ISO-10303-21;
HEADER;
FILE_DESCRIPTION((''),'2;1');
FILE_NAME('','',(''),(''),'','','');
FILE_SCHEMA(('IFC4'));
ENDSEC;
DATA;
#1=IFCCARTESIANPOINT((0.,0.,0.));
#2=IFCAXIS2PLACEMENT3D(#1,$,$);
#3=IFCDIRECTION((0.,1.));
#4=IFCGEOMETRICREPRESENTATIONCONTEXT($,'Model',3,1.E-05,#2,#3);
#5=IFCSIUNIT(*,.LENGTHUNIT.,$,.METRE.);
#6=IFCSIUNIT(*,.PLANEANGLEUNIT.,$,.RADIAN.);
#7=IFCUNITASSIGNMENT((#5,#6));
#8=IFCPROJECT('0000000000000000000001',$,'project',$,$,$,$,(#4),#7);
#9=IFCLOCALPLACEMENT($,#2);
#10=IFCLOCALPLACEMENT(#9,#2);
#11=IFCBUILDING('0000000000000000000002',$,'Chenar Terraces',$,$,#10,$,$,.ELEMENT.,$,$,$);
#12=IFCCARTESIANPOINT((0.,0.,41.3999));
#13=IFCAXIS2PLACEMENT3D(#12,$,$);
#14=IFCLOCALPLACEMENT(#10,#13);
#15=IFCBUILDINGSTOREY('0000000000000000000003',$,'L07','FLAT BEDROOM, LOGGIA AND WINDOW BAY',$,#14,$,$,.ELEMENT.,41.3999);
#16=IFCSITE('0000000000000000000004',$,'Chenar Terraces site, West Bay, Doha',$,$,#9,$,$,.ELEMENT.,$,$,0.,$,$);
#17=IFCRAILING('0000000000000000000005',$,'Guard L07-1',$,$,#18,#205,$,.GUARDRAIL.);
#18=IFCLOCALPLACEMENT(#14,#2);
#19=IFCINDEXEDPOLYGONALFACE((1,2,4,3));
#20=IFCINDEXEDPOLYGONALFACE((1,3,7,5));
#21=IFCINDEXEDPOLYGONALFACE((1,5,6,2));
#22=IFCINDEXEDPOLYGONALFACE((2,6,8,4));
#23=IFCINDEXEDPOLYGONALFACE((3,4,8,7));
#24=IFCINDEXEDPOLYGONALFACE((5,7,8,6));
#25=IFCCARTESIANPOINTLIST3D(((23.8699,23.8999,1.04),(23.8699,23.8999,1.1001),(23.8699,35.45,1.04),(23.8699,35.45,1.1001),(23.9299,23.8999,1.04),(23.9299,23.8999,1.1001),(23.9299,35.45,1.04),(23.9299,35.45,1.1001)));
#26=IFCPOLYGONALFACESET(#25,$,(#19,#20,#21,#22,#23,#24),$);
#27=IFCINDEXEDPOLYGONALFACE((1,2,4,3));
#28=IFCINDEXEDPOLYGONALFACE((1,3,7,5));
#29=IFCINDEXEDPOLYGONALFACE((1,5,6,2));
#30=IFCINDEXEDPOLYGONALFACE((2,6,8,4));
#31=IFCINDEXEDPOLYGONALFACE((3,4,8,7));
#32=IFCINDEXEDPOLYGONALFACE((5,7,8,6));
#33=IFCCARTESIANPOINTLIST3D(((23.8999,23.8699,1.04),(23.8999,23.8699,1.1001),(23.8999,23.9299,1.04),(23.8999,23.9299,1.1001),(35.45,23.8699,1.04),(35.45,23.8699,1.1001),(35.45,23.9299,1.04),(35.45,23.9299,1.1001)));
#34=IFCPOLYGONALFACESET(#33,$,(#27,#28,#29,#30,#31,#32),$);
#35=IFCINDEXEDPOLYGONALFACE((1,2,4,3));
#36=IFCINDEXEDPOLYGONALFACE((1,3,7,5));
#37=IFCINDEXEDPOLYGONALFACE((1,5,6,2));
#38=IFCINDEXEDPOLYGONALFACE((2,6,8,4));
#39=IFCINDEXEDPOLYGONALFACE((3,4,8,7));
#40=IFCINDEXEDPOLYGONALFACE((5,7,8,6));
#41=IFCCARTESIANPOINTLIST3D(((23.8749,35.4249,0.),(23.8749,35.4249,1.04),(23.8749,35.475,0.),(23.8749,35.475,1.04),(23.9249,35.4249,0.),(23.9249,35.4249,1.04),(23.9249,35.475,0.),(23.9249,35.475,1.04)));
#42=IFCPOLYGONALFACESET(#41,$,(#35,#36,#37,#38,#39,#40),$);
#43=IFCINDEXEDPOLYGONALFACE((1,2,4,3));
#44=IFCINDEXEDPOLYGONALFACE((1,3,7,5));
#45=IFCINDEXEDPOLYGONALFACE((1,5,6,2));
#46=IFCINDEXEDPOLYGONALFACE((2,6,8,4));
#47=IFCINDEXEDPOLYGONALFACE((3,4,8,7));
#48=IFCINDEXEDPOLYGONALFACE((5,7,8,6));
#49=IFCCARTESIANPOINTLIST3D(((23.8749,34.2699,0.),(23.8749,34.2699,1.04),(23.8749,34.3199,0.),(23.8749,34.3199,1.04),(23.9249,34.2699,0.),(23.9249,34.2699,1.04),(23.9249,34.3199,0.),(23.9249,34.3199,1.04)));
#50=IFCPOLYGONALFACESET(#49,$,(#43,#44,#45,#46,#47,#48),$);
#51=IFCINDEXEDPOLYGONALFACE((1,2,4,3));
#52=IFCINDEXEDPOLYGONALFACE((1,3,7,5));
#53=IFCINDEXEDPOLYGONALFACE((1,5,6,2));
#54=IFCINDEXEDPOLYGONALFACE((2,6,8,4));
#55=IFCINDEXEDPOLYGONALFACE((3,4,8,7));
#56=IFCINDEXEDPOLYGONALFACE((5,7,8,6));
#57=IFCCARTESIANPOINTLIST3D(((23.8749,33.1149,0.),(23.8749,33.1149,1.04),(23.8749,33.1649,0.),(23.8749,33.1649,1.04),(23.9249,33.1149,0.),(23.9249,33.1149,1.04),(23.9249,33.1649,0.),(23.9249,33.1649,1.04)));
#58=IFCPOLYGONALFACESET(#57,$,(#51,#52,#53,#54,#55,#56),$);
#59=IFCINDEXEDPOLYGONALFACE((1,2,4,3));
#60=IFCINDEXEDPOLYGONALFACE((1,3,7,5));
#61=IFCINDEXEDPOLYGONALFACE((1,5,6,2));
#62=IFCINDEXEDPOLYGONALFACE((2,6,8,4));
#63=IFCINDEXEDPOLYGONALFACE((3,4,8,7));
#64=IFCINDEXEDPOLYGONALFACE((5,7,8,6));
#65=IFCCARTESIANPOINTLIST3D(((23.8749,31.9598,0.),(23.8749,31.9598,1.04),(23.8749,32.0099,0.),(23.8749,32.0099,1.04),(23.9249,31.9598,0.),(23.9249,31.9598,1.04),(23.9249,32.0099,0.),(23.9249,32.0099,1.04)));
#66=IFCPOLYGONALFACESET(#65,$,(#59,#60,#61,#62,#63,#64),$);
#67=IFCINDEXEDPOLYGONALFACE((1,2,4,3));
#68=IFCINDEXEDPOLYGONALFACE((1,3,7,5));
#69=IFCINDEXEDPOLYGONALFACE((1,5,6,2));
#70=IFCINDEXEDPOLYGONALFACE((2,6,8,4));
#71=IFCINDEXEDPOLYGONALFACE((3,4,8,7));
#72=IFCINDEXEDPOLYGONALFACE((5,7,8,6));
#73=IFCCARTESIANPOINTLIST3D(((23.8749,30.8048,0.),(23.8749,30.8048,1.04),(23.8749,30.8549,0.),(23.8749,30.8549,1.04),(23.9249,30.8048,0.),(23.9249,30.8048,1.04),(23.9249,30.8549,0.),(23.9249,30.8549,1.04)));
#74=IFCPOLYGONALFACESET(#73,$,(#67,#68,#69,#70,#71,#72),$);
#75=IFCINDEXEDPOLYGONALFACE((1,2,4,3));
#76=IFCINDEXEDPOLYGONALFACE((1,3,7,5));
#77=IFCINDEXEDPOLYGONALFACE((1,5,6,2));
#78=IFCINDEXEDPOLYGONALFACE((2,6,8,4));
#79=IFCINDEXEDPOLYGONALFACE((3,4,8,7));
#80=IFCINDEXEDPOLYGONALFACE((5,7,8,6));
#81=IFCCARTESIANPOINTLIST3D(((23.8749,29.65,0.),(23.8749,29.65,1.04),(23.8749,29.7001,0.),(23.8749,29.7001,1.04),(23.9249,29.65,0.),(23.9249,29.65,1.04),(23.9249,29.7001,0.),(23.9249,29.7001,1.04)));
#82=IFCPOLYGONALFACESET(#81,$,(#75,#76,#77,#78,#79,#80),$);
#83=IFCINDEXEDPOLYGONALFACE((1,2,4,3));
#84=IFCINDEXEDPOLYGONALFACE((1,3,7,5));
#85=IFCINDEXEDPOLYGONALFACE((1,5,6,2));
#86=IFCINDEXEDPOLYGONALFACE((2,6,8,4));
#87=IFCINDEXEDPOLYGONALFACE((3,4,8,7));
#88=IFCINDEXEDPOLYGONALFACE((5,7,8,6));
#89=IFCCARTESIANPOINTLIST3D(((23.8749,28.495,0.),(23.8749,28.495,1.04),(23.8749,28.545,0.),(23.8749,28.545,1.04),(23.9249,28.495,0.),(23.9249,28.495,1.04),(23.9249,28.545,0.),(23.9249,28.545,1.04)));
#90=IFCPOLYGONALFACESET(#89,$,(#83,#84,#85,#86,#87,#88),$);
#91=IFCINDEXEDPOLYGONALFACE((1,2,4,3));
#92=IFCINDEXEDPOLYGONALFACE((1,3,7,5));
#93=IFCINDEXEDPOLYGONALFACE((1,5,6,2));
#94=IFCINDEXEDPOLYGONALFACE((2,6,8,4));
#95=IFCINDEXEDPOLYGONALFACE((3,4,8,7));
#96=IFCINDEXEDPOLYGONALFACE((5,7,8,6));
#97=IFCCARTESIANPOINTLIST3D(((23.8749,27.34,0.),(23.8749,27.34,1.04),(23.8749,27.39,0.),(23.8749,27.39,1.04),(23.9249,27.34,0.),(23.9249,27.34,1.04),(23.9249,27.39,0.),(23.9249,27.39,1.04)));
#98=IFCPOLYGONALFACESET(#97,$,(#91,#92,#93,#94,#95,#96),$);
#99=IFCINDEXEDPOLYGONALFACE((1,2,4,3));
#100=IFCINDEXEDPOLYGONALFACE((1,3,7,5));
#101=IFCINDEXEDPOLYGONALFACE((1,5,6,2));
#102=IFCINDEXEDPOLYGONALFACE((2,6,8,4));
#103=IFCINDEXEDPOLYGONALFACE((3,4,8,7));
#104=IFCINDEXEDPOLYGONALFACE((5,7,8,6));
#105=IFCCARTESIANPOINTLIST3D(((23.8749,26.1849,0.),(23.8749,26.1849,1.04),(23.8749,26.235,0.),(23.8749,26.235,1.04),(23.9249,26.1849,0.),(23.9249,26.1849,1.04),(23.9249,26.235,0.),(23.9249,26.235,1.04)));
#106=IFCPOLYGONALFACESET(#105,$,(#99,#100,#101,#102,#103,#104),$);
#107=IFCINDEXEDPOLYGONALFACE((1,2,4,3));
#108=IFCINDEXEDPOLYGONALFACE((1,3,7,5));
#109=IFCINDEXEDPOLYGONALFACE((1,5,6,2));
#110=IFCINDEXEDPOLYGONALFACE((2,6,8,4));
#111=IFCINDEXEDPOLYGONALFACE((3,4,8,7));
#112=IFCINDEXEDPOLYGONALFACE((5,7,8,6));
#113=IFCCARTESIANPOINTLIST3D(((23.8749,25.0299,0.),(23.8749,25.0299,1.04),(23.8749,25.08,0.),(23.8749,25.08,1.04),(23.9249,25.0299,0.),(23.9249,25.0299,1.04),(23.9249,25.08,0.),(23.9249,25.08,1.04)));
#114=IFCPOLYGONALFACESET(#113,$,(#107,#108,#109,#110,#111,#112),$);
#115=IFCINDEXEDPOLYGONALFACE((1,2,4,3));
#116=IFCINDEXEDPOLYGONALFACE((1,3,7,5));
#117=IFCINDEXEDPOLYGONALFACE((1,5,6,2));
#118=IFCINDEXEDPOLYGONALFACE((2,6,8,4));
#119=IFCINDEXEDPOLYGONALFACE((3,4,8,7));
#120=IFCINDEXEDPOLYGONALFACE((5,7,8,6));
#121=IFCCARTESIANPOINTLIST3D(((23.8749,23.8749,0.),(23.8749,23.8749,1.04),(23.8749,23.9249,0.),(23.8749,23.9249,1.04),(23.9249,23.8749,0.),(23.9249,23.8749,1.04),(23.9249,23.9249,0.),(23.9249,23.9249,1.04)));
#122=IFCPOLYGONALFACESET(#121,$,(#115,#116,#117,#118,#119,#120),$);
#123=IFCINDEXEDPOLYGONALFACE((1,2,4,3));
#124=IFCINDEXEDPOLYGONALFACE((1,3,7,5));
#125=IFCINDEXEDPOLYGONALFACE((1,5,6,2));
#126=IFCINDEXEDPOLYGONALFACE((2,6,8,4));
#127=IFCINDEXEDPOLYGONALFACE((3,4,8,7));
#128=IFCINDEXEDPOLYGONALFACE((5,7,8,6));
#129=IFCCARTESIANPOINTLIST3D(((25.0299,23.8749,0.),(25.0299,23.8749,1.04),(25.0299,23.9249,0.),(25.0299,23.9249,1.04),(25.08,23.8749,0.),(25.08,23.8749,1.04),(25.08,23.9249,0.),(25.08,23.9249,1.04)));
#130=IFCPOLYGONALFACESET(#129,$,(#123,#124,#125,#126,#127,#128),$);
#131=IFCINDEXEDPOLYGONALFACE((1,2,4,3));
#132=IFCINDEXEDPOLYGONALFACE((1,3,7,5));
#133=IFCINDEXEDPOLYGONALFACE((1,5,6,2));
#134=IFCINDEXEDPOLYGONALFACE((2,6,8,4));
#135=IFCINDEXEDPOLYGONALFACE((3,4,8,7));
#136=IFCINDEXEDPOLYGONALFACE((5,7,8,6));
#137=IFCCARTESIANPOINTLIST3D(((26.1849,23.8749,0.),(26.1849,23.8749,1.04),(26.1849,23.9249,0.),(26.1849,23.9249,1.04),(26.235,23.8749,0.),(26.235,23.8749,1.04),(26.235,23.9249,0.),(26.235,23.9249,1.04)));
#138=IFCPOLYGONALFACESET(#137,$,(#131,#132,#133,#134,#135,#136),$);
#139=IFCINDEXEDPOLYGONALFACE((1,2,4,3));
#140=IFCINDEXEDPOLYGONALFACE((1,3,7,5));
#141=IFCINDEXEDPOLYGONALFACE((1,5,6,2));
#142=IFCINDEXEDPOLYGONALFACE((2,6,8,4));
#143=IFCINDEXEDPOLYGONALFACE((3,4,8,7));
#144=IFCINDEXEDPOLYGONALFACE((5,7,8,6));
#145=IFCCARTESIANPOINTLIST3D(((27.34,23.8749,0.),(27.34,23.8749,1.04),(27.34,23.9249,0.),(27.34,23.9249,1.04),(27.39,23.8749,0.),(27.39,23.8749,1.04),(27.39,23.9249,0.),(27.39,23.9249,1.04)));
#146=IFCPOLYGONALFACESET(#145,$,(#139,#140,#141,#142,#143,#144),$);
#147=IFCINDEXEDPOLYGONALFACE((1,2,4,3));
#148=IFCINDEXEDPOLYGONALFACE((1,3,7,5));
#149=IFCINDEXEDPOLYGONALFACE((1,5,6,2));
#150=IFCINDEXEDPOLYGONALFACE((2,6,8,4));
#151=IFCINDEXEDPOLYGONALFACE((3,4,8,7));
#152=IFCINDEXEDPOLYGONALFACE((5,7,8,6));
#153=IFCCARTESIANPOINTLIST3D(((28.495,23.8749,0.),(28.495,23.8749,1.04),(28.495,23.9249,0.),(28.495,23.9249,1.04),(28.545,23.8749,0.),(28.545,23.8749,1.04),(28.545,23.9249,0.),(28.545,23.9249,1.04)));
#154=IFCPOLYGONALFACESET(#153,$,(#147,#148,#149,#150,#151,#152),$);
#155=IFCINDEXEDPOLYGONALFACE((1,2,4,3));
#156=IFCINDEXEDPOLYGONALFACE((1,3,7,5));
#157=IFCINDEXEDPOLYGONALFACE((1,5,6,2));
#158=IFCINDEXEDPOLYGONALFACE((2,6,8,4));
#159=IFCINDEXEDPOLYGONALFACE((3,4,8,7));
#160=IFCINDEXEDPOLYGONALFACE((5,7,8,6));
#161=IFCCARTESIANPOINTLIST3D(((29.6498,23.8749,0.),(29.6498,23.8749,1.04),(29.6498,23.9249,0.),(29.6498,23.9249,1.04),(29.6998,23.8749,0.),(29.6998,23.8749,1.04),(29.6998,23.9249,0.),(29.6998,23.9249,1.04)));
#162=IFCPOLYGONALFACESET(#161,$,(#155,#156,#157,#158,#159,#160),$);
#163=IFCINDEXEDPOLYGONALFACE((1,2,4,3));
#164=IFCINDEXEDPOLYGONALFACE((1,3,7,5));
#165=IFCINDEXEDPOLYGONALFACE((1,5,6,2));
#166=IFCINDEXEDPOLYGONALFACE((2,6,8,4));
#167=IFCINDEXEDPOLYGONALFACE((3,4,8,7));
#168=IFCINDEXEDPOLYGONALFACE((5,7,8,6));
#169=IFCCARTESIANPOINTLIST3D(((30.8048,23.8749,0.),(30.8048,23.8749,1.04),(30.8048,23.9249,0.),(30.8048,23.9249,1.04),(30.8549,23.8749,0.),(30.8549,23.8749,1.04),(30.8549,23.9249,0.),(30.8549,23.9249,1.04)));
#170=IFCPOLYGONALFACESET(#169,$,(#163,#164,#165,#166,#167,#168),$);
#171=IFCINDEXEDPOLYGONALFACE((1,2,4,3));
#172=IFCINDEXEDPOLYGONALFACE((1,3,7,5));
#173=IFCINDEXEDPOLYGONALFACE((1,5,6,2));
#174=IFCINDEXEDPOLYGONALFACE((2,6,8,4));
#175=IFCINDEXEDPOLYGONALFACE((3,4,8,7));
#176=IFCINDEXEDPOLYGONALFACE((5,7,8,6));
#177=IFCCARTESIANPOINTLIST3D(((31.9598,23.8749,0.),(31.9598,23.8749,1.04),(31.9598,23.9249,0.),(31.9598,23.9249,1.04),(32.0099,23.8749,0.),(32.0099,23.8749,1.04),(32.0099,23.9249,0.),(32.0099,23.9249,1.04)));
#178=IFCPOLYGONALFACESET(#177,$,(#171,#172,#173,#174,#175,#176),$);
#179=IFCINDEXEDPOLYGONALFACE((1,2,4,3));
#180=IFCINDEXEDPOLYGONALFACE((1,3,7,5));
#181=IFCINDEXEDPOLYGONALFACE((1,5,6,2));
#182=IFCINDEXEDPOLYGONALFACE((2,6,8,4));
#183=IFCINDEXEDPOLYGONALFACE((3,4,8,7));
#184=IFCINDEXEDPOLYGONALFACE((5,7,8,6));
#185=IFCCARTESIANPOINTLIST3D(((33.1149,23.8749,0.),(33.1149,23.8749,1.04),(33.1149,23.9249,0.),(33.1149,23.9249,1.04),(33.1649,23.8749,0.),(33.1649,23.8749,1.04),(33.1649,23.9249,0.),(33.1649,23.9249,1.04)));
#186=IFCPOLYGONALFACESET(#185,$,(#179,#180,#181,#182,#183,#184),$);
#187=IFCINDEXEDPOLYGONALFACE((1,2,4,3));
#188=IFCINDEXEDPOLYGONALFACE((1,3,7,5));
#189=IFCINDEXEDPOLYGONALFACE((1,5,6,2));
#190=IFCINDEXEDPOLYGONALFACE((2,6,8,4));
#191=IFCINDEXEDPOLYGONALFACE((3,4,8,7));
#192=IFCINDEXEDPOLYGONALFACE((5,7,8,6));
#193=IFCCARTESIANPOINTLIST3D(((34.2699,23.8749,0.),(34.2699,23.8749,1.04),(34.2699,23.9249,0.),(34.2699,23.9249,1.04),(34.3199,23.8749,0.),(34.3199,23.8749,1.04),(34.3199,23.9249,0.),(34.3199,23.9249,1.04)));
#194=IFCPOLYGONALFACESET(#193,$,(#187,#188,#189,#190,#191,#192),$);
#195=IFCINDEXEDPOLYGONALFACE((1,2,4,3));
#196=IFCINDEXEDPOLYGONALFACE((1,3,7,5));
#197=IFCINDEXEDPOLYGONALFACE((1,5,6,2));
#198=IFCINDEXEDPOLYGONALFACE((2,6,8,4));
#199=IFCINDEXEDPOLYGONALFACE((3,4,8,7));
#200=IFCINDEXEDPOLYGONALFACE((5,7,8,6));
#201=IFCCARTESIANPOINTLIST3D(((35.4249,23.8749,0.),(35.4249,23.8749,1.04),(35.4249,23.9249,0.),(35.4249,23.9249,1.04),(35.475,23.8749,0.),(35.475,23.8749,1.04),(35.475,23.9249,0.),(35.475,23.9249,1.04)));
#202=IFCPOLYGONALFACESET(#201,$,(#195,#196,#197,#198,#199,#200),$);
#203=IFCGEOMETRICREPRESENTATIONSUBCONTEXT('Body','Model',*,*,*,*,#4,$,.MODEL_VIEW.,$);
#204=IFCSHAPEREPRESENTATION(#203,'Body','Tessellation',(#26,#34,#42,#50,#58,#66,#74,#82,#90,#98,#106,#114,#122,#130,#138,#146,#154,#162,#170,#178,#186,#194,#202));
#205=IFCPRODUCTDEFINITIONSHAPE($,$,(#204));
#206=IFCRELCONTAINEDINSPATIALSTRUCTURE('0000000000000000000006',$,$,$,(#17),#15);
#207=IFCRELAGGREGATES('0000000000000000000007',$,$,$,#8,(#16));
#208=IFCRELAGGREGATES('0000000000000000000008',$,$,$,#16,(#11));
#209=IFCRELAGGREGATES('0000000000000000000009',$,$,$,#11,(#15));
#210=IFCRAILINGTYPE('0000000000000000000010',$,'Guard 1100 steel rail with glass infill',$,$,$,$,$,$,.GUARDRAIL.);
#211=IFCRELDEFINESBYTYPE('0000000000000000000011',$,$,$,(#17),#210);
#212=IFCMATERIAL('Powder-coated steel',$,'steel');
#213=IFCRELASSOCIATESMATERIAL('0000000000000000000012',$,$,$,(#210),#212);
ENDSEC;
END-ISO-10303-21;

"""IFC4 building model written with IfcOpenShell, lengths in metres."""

from ifc_helpers import new_model, si_unit, direction, frame, origin, origin_2d, place, context, subcontext, project, spatial, rectangle, extrude, material, type_object, element, save


model = new_model("IFC4")

# Units and contexts
model_context = context("Model", 3, precision=1e-05, world=origin(), true_north=direction((0.0, 1.0)))
body_context = subcontext(model_context, "Body", "Model", "MODEL_VIEW")
ifc_project = project(units=[si_unit("LENGTHUNIT", "METRE"), si_unit("PLANEANGLEUNIT", "RADIAN")], contexts=[model_context])

# Site, building, storey
site_placement = place(None, origin())
site = spatial("IfcSite", under=ifc_project, at=site_placement, Name="Chenar Terraces site, West Bay, Doha", CompositionType="ELEMENT", RefElevation=0.0)
building_placement = place(site_placement, origin())
building = spatial("IfcBuilding", under=site, at=building_placement, Name="Chenar Terraces", CompositionType="ELEMENT")
storey_placement = place(building_placement, frame((0.0, 0.0, 41.3999)))
storey = spatial("IfcBuildingStorey", under=building, at=storey_placement, Name="L07", Description="FLAT BEDROOM, LOGGIA AND WINDOW BAY", CompositionType="ELEMENT", Elevation=41.3999)

# Railing
ifc_material_1 = material(Name="Powder-coated steel", Category="steel")
railing_type = type_object("IfcRailingType", Name="Guard 1100 steel rail with glass infill", PredefinedType="GUARDRAIL", material=ifc_material_1)
railing_placement = place(storey_placement, frame((23.8999, 35.45, 0.0)))
element("IfcRailing", 1, at=railing_placement, inside=storey, type_object=railing_type, Name="Guard L07-1", PredefinedType="GUARDRAIL", context=body_context, shape_type="SweptSolid", body=[
    extrude(rectangle(XDim=0.0601, YDim=0.0601, at=origin_2d()), frame((0.0, 0.0, 1.0701), z_axis=(0.0, -1.0, 0.0), x_axis=(1.0, 0.0, 0.0)), (0.0, 0.0, 1.0), 11.55),
    extrude(rectangle(XDim=0.0601, YDim=0.0601, at=origin_2d()), frame((0.0, -11.55, 1.0701), z_axis=(1.0, 0.0, 0.0), x_axis=(0.0, 1.0, 0.0)), (0.0, 0.0, 1.0), 11.55),
    extrude(rectangle(XDim=0.05, YDim=0.05, at=origin_2d()), origin(), (0.0, 0.0, 1.0), 1.04),
    extrude(rectangle(XDim=0.05, YDim=0.05, at=origin_2d()), frame((0.0, -1.155, 0.0)), (0.0, 0.0, 1.0), 1.04),
    extrude(rectangle(XDim=0.05, YDim=0.05, at=origin_2d()), frame((0.0, -2.3101, 0.0)), (0.0, 0.0, 1.0), 1.04),
    extrude(rectangle(XDim=0.05, YDim=0.05, at=origin_2d()), frame((0.0, -3.4651, 0.0)), (0.0, 0.0, 1.0), 1.04),
    extrude(rectangle(XDim=0.05, YDim=0.05, at=origin_2d()), frame((0.0, -4.6201, 0.0)), (0.0, 0.0, 1.0), 1.04),
    extrude(rectangle(XDim=0.05, YDim=0.05, at=origin_2d()), frame((0.0, -5.7749, 0.0)), (0.0, 0.0, 1.0), 1.04),
    extrude(rectangle(XDim=0.05, YDim=0.05, at=origin_2d()), frame((0.0, -6.9299, 0.0)), (0.0, 0.0, 1.0), 1.04),
    extrude(rectangle(XDim=0.05, YDim=0.05, at=origin_2d()), frame((0.0, -8.085, 0.0)), (0.0, 0.0, 1.0), 1.04),
    extrude(rectangle(XDim=0.05, YDim=0.05, at=origin_2d()), frame((0.0, -9.24, 0.0)), (0.0, 0.0, 1.0), 1.04),
    extrude(rectangle(XDim=0.05, YDim=0.05, at=origin_2d()), frame((0.0, -10.395, 0.0)), (0.0, 0.0, 1.0), 1.04),
    extrude(rectangle(XDim=0.05, YDim=0.05, at=origin_2d()), frame((0.0, -11.55, 0.0)), (0.0, 0.0, 1.0), 1.04),
    extrude(rectangle(XDim=0.05, YDim=0.05, at=origin_2d()), frame((1.155, -11.55, 0.0)), (0.0, 0.0, 1.0), 1.04),
    extrude(rectangle(XDim=0.05, YDim=0.05, at=origin_2d()), frame((2.3101, -11.55, 0.0)), (0.0, 0.0, 1.0), 1.04),
    extrude(rectangle(XDim=0.05, YDim=0.05, at=origin_2d()), frame((3.4651, -11.55, 0.0)), (0.0, 0.0, 1.0), 1.04),
    extrude(rectangle(XDim=0.05, YDim=0.05, at=origin_2d()), frame((4.6201, -11.55, 0.0)), (0.0, 0.0, 1.0), 1.04),
    extrude(rectangle(XDim=0.05, YDim=0.05, at=origin_2d()), frame((5.7749, -11.55, 0.0)), (0.0, 0.0, 1.0), 1.04),
    extrude(rectangle(XDim=0.05, YDim=0.05, at=origin_2d()), frame((6.9299, -11.55, 0.0)), (0.0, 0.0, 1.0), 1.04),
    extrude(rectangle(XDim=0.05, YDim=0.05, at=origin_2d()), frame((8.085, -11.55, 0.0)), (0.0, 0.0, 1.0), 1.04),
    extrude(rectangle(XDim=0.05, YDim=0.05, at=origin_2d()), frame((9.24, -11.55, 0.0)), (0.0, 0.0, 1.0), 1.04),
    extrude(rectangle(XDim=0.05, YDim=0.05, at=origin_2d()), frame((10.395, -11.55, 0.0)), (0.0, 0.0, 1.0), 1.04),
    extrude(rectangle(XDim=0.05, YDim=0.05, at=origin_2d()), frame((11.55, -11.55, 0.0)), (0.0, 0.0, 1.0), 1.04),
])

save(model, "model.ifc")
